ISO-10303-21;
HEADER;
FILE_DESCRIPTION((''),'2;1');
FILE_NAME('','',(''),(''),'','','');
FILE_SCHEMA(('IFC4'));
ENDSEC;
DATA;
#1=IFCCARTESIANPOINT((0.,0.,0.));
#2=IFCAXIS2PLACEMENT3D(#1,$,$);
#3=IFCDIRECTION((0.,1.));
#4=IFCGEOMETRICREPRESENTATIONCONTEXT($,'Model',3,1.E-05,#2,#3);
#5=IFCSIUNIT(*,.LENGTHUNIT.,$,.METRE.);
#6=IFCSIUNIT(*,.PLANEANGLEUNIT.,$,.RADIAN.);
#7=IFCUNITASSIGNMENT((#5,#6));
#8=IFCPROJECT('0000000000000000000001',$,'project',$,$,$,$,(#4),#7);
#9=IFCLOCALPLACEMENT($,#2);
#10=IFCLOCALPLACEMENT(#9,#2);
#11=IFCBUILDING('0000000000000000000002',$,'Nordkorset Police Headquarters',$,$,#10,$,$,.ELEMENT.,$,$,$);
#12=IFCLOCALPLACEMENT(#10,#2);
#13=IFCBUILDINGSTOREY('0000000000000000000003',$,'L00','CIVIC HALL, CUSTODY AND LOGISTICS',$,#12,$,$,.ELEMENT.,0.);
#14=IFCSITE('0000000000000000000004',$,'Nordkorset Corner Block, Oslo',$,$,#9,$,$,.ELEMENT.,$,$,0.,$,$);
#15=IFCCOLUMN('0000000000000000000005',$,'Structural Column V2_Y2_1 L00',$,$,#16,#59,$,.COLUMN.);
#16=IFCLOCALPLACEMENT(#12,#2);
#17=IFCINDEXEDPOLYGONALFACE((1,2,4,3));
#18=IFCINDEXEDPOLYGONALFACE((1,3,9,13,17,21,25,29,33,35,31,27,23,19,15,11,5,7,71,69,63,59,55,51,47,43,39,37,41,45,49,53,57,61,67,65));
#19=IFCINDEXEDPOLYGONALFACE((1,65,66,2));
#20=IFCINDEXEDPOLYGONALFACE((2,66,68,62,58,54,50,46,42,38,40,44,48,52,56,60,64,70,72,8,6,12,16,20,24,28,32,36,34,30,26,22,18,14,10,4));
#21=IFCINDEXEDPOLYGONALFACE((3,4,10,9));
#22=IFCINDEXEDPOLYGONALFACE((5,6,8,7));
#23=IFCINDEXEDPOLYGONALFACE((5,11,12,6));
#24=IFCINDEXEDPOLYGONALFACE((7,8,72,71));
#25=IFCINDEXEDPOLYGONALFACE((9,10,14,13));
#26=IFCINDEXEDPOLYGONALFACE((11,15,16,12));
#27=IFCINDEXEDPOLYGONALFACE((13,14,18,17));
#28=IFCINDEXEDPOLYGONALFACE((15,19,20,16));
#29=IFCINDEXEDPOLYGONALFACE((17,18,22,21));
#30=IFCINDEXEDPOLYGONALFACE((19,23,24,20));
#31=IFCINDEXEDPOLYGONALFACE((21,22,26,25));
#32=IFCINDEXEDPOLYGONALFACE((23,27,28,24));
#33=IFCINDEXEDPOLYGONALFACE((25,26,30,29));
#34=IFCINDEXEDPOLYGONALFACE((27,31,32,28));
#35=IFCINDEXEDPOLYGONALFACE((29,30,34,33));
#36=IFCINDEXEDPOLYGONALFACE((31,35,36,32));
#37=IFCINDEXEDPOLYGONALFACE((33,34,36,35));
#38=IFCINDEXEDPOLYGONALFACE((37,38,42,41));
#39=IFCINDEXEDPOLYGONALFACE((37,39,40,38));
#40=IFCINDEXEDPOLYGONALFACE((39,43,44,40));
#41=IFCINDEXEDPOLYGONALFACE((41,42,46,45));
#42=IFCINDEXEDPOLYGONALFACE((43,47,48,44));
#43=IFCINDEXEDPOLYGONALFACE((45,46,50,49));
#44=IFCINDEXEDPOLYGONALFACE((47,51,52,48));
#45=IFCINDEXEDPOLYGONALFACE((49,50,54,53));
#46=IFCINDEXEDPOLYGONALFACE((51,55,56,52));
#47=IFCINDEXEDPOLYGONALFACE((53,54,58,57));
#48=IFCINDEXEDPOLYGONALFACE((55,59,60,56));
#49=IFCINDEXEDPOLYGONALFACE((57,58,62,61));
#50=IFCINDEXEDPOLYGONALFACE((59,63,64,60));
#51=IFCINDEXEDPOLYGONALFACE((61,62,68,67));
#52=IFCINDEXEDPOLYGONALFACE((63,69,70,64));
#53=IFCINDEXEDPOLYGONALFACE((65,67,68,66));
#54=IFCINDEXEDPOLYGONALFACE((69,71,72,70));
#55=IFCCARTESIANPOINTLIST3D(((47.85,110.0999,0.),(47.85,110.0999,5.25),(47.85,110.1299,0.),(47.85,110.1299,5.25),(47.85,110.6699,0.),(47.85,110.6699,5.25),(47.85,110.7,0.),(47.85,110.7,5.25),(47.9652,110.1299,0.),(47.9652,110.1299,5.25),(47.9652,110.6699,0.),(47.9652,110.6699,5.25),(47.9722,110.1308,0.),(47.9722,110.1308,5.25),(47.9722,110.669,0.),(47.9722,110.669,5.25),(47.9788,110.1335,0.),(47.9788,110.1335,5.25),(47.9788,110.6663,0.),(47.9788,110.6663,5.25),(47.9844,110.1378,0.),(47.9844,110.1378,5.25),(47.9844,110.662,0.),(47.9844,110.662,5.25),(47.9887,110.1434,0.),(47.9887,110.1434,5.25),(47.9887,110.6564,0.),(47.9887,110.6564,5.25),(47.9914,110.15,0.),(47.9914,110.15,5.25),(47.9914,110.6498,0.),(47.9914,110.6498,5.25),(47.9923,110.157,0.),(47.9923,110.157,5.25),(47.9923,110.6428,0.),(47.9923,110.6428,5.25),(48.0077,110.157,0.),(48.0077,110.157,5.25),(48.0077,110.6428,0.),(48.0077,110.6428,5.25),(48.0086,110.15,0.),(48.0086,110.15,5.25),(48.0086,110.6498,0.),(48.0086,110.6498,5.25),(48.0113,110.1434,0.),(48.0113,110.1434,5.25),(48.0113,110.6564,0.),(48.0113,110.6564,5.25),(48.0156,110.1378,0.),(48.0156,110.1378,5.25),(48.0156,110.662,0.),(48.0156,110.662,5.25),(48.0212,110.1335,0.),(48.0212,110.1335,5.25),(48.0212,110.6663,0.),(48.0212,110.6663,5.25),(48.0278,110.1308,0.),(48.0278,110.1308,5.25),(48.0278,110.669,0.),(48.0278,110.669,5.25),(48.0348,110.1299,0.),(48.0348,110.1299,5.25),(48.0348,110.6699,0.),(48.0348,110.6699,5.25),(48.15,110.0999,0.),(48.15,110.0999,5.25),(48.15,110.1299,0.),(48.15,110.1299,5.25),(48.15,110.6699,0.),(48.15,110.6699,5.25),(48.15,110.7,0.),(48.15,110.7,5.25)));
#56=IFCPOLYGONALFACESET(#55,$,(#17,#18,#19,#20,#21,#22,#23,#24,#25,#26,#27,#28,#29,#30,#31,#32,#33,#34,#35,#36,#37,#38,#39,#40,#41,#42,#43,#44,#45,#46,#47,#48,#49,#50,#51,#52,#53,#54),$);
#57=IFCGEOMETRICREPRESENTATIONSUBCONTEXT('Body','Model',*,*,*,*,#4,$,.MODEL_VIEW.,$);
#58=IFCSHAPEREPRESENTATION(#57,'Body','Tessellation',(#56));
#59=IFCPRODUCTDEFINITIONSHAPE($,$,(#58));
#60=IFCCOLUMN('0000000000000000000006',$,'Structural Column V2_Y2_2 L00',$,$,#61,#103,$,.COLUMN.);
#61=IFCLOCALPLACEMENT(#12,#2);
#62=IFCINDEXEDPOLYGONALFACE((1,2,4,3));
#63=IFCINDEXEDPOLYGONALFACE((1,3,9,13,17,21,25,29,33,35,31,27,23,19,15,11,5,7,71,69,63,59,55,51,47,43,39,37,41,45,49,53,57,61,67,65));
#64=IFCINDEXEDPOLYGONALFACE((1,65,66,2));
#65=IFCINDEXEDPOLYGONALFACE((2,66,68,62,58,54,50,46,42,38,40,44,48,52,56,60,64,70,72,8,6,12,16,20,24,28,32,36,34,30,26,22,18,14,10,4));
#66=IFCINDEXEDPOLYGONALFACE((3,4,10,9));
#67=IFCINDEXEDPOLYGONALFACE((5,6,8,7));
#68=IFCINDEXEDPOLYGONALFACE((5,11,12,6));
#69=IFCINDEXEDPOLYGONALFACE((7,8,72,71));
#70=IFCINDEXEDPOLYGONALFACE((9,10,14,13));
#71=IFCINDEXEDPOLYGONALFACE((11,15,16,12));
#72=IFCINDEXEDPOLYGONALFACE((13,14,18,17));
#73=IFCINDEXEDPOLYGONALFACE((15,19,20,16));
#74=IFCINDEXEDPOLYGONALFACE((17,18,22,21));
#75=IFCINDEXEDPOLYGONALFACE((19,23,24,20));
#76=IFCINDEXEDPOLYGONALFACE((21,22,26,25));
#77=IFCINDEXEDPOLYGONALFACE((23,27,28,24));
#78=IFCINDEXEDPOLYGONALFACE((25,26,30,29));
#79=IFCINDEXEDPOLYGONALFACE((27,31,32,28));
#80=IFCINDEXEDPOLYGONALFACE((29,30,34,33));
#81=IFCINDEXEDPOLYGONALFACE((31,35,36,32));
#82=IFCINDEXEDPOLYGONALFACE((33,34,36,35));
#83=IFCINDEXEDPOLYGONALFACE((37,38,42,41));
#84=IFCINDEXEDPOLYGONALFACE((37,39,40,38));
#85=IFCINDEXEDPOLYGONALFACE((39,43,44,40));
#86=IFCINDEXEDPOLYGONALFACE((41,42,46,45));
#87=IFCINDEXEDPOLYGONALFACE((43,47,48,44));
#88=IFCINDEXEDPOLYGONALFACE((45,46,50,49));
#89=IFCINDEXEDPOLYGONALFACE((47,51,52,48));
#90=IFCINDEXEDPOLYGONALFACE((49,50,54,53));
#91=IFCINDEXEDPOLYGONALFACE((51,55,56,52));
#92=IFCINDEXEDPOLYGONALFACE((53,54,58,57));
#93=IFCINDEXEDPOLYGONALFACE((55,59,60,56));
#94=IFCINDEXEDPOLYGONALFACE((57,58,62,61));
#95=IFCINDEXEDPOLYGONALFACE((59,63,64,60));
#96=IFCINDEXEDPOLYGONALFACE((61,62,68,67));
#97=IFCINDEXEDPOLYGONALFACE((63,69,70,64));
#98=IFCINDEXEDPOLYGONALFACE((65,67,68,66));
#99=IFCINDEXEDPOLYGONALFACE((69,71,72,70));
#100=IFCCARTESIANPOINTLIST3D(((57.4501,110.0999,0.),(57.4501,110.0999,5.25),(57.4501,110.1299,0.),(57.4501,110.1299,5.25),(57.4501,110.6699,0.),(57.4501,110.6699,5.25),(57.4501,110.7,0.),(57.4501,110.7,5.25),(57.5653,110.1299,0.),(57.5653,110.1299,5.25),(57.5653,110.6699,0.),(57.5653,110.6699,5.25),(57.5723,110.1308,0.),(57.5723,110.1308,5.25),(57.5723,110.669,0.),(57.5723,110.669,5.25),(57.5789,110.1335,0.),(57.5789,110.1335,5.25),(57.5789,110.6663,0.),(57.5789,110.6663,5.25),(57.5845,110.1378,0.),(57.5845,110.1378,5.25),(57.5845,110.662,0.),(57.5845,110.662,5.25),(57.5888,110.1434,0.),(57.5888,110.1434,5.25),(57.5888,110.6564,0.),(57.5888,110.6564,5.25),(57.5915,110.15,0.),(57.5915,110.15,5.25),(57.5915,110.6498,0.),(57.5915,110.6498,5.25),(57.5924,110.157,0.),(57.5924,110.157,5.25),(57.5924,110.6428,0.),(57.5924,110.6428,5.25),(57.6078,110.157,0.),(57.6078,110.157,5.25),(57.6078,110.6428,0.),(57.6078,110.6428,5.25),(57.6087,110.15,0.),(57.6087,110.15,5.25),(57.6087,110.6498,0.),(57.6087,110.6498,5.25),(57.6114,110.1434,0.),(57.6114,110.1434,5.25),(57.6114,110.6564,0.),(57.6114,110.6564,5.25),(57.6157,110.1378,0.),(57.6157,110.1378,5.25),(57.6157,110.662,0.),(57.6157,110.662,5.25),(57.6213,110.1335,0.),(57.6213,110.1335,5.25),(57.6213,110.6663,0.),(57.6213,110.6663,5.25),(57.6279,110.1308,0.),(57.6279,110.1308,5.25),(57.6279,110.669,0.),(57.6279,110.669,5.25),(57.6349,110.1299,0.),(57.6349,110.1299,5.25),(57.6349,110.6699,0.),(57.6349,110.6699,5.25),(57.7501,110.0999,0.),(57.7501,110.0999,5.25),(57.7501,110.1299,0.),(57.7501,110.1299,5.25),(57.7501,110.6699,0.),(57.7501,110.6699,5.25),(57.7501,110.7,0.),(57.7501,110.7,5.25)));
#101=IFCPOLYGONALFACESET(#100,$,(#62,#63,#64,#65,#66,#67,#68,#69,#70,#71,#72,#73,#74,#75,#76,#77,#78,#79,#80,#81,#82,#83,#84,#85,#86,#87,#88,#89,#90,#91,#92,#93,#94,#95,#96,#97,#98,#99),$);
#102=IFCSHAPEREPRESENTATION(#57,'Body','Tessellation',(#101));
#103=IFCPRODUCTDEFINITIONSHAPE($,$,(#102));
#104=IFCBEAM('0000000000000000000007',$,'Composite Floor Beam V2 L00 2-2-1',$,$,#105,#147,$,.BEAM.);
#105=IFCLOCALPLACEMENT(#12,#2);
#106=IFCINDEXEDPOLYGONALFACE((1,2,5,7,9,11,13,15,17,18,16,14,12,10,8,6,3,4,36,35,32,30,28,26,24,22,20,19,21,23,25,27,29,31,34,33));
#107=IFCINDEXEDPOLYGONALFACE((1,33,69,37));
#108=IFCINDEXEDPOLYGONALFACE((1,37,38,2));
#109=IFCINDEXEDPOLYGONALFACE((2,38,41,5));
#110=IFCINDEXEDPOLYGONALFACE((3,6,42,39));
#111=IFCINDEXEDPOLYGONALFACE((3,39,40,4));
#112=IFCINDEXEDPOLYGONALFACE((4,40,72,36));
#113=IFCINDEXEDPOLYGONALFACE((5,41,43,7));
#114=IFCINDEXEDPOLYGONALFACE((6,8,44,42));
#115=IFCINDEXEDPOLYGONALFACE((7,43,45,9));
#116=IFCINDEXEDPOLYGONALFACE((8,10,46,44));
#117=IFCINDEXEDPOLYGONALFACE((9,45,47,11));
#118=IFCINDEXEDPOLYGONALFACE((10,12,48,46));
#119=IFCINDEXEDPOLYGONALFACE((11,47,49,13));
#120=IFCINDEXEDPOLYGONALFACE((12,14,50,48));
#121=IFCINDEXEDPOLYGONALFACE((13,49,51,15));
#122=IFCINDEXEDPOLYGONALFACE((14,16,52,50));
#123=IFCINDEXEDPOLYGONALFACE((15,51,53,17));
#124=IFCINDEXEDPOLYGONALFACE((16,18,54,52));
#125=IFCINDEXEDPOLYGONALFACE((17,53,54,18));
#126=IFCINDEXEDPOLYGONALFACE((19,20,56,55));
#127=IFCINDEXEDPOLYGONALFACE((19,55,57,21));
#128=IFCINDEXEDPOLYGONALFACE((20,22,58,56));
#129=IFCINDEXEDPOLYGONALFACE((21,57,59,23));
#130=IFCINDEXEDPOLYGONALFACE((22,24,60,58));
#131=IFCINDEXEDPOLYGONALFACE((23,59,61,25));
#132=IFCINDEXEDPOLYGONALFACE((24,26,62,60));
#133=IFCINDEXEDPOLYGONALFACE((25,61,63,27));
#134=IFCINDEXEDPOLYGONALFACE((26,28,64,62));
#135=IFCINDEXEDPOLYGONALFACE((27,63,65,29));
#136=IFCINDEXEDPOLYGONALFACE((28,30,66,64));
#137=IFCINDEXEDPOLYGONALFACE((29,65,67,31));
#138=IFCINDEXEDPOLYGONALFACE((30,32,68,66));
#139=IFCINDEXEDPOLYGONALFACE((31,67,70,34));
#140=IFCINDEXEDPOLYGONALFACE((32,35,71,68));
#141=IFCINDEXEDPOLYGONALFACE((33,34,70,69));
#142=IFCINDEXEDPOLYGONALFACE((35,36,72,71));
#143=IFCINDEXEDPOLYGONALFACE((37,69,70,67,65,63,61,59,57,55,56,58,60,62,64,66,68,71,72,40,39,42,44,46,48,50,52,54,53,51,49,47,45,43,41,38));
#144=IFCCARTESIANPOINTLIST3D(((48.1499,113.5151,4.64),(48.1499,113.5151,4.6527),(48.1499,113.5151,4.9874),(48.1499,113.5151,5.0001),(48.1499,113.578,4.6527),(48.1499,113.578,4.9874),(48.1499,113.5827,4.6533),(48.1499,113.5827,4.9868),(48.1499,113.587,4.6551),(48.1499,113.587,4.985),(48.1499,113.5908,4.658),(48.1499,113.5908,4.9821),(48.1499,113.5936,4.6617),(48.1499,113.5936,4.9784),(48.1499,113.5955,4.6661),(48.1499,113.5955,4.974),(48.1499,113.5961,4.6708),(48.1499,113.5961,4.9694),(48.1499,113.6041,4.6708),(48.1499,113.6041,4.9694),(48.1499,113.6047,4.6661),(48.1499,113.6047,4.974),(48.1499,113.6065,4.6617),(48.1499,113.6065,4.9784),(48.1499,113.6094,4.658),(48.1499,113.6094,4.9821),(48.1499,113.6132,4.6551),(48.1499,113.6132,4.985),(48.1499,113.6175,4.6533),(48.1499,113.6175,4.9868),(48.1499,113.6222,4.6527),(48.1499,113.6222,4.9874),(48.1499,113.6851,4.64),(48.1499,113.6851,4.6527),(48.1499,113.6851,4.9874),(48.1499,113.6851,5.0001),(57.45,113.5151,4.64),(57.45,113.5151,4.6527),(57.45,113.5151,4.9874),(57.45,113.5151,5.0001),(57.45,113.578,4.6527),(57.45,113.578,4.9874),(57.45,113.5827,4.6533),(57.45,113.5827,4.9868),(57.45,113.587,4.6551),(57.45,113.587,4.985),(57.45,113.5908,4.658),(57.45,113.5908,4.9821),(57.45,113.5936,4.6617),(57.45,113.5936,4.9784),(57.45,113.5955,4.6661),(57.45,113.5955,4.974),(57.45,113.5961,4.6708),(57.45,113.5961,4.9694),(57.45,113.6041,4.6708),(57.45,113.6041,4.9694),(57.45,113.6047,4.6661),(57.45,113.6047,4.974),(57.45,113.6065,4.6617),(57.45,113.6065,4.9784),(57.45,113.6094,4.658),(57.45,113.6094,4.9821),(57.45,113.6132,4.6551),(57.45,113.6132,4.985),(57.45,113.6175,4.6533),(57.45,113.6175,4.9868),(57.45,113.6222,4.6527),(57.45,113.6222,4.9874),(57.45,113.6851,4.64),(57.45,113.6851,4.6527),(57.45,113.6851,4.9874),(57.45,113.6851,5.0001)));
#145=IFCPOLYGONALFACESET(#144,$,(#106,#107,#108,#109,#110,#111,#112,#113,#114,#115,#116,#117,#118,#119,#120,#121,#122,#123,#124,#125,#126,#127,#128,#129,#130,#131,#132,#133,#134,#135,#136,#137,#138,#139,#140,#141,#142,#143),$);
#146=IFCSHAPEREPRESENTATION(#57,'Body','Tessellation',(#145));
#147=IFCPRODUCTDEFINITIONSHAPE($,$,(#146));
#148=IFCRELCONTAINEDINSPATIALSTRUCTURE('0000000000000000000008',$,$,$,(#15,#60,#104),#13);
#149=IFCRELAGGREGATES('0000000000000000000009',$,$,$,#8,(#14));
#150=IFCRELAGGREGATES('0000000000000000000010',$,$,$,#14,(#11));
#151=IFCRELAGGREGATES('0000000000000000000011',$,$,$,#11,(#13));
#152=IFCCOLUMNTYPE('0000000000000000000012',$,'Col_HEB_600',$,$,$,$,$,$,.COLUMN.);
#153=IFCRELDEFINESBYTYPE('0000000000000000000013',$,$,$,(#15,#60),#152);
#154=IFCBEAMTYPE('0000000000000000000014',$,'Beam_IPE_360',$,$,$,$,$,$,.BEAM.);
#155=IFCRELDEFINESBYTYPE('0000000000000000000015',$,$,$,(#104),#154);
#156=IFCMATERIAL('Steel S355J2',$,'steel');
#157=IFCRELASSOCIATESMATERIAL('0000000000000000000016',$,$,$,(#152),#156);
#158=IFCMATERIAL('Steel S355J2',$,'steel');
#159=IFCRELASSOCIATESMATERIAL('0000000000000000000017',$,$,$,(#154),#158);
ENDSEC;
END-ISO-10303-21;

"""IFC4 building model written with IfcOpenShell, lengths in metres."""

from ifc_helpers import new_model, si_unit, direction, frame, origin, origin_2d, place, context, subcontext, project, spatial, i_section, extrude, material, material_profile, profile_set, type_object, element, save


model = new_model("IFC4")

# Units and contexts
model_context = context("Model", 3, precision=1e-05, world=origin(), true_north=direction((0.0, 1.0)))
body_context = subcontext(model_context, "Body", "Model", "MODEL_VIEW")
ifc_project = project(units=[si_unit("LENGTHUNIT", "METRE"), si_unit("PLANEANGLEUNIT", "RADIAN")], contexts=[model_context])

# Site, building, storey
site_placement = place(None, origin())
site = spatial("IfcSite", under=ifc_project, at=site_placement, Name="Nordkorset Corner Block, Oslo", CompositionType="ELEMENT", RefElevation=0.0)
building_placement = place(site_placement, origin())
building = spatial("IfcBuilding", under=site, at=building_placement, Name="Nordkorset Police Headquarters", CompositionType="ELEMENT")
storey_placement = place(building_placement, origin())
storey = spatial("IfcBuildingStorey", under=building, at=storey_placement, Name="L00", Description="CIVIC HALL, CUSTODY AND LOGISTICS", CompositionType="ELEMENT", Elevation=0.0)

# Columns
ifc_material_1 = material(Name="Steel S355J2", Category="steel")
ifc_material_profile_1 = material_profile(ifc_material_1, i_section(OverallWidth=0.3, OverallDepth=0.6001, WebThickness=0.0154, FlangeThickness=0.03, FilletRadius=0.0271, at=origin_2d()), Name="HEB 600")
ifc_profile_set_1 = profile_set([ifc_material_profile_1], Name="Steel S355J2")
column_type = type_object("IfcColumnType", Name="Col_HEB_600", PredefinedType="COLUMN", material=ifc_profile_set_1)
for number, where, z_axis, x_axis, name in (
    (1, (48.0, 110.3999, 0.0), (0.0, 0.0, 1.0), (1.0, 0.0, 0.0), "Structural Column V2_Y2_1 L00"),
    (2, (57.6001, 110.3999, 0.0), (0.0, 0.0, 1.0), (1.0, 0.0, 0.0), "Structural Column V2_Y2_2 L00"),
):
    element("IfcColumn", number, at=place(storey_placement, frame(where, z_axis=z_axis, x_axis=x_axis)), inside=storey, type_object=column_type, Name=name, PredefinedType="COLUMN", context=body_context, shape_type="SweptSolid", body=[
        extrude(i_section(OverallWidth=0.3, OverallDepth=0.6001, WebThickness=0.0154, FlangeThickness=0.03, FilletRadius=0.0271, at=origin_2d()), origin(), (0.0, 0.0, 1.0), 5.25),
    ])

# Beam
ifc_material_2 = material(Name="Steel S355J2", Category="steel")
ifc_material_profile_2 = material_profile(ifc_material_2, i_section(OverallWidth=0.1699, OverallDepth=0.3601, WebThickness=0.0081, FlangeThickness=0.0127, FilletRadius=0.0181, at=origin_2d()), Name="IPE 360")
ifc_profile_set_2 = profile_set([ifc_material_profile_2], Name="Steel S355J2")
beam_type_1 = type_object("IfcBeamType", Name="Beam_IPE_360", PredefinedType="BEAM", material=ifc_profile_set_2)
beam_1_placement = place(storey_placement, frame((48.1499, 113.6001, 4.8201), z_axis=(1.0, 0.0, 0.0), x_axis=(0.0, 1.0, 0.0)))
element("IfcBeam", 3, at=beam_1_placement, inside=storey, type_object=beam_type_1, Name="Composite Floor Beam V2 L00 2-2-1", PredefinedType="BEAM", context=body_context, shape_type="SweptSolid", body=[
    extrude(i_section(OverallWidth=0.1699, OverallDepth=0.3601, WebThickness=0.0081, FlangeThickness=0.0127, FilletRadius=0.0181, at=origin_2d()), origin(), (0.0, 0.0, 1.0), 9.3),
])

save(model, "model.ifc")
